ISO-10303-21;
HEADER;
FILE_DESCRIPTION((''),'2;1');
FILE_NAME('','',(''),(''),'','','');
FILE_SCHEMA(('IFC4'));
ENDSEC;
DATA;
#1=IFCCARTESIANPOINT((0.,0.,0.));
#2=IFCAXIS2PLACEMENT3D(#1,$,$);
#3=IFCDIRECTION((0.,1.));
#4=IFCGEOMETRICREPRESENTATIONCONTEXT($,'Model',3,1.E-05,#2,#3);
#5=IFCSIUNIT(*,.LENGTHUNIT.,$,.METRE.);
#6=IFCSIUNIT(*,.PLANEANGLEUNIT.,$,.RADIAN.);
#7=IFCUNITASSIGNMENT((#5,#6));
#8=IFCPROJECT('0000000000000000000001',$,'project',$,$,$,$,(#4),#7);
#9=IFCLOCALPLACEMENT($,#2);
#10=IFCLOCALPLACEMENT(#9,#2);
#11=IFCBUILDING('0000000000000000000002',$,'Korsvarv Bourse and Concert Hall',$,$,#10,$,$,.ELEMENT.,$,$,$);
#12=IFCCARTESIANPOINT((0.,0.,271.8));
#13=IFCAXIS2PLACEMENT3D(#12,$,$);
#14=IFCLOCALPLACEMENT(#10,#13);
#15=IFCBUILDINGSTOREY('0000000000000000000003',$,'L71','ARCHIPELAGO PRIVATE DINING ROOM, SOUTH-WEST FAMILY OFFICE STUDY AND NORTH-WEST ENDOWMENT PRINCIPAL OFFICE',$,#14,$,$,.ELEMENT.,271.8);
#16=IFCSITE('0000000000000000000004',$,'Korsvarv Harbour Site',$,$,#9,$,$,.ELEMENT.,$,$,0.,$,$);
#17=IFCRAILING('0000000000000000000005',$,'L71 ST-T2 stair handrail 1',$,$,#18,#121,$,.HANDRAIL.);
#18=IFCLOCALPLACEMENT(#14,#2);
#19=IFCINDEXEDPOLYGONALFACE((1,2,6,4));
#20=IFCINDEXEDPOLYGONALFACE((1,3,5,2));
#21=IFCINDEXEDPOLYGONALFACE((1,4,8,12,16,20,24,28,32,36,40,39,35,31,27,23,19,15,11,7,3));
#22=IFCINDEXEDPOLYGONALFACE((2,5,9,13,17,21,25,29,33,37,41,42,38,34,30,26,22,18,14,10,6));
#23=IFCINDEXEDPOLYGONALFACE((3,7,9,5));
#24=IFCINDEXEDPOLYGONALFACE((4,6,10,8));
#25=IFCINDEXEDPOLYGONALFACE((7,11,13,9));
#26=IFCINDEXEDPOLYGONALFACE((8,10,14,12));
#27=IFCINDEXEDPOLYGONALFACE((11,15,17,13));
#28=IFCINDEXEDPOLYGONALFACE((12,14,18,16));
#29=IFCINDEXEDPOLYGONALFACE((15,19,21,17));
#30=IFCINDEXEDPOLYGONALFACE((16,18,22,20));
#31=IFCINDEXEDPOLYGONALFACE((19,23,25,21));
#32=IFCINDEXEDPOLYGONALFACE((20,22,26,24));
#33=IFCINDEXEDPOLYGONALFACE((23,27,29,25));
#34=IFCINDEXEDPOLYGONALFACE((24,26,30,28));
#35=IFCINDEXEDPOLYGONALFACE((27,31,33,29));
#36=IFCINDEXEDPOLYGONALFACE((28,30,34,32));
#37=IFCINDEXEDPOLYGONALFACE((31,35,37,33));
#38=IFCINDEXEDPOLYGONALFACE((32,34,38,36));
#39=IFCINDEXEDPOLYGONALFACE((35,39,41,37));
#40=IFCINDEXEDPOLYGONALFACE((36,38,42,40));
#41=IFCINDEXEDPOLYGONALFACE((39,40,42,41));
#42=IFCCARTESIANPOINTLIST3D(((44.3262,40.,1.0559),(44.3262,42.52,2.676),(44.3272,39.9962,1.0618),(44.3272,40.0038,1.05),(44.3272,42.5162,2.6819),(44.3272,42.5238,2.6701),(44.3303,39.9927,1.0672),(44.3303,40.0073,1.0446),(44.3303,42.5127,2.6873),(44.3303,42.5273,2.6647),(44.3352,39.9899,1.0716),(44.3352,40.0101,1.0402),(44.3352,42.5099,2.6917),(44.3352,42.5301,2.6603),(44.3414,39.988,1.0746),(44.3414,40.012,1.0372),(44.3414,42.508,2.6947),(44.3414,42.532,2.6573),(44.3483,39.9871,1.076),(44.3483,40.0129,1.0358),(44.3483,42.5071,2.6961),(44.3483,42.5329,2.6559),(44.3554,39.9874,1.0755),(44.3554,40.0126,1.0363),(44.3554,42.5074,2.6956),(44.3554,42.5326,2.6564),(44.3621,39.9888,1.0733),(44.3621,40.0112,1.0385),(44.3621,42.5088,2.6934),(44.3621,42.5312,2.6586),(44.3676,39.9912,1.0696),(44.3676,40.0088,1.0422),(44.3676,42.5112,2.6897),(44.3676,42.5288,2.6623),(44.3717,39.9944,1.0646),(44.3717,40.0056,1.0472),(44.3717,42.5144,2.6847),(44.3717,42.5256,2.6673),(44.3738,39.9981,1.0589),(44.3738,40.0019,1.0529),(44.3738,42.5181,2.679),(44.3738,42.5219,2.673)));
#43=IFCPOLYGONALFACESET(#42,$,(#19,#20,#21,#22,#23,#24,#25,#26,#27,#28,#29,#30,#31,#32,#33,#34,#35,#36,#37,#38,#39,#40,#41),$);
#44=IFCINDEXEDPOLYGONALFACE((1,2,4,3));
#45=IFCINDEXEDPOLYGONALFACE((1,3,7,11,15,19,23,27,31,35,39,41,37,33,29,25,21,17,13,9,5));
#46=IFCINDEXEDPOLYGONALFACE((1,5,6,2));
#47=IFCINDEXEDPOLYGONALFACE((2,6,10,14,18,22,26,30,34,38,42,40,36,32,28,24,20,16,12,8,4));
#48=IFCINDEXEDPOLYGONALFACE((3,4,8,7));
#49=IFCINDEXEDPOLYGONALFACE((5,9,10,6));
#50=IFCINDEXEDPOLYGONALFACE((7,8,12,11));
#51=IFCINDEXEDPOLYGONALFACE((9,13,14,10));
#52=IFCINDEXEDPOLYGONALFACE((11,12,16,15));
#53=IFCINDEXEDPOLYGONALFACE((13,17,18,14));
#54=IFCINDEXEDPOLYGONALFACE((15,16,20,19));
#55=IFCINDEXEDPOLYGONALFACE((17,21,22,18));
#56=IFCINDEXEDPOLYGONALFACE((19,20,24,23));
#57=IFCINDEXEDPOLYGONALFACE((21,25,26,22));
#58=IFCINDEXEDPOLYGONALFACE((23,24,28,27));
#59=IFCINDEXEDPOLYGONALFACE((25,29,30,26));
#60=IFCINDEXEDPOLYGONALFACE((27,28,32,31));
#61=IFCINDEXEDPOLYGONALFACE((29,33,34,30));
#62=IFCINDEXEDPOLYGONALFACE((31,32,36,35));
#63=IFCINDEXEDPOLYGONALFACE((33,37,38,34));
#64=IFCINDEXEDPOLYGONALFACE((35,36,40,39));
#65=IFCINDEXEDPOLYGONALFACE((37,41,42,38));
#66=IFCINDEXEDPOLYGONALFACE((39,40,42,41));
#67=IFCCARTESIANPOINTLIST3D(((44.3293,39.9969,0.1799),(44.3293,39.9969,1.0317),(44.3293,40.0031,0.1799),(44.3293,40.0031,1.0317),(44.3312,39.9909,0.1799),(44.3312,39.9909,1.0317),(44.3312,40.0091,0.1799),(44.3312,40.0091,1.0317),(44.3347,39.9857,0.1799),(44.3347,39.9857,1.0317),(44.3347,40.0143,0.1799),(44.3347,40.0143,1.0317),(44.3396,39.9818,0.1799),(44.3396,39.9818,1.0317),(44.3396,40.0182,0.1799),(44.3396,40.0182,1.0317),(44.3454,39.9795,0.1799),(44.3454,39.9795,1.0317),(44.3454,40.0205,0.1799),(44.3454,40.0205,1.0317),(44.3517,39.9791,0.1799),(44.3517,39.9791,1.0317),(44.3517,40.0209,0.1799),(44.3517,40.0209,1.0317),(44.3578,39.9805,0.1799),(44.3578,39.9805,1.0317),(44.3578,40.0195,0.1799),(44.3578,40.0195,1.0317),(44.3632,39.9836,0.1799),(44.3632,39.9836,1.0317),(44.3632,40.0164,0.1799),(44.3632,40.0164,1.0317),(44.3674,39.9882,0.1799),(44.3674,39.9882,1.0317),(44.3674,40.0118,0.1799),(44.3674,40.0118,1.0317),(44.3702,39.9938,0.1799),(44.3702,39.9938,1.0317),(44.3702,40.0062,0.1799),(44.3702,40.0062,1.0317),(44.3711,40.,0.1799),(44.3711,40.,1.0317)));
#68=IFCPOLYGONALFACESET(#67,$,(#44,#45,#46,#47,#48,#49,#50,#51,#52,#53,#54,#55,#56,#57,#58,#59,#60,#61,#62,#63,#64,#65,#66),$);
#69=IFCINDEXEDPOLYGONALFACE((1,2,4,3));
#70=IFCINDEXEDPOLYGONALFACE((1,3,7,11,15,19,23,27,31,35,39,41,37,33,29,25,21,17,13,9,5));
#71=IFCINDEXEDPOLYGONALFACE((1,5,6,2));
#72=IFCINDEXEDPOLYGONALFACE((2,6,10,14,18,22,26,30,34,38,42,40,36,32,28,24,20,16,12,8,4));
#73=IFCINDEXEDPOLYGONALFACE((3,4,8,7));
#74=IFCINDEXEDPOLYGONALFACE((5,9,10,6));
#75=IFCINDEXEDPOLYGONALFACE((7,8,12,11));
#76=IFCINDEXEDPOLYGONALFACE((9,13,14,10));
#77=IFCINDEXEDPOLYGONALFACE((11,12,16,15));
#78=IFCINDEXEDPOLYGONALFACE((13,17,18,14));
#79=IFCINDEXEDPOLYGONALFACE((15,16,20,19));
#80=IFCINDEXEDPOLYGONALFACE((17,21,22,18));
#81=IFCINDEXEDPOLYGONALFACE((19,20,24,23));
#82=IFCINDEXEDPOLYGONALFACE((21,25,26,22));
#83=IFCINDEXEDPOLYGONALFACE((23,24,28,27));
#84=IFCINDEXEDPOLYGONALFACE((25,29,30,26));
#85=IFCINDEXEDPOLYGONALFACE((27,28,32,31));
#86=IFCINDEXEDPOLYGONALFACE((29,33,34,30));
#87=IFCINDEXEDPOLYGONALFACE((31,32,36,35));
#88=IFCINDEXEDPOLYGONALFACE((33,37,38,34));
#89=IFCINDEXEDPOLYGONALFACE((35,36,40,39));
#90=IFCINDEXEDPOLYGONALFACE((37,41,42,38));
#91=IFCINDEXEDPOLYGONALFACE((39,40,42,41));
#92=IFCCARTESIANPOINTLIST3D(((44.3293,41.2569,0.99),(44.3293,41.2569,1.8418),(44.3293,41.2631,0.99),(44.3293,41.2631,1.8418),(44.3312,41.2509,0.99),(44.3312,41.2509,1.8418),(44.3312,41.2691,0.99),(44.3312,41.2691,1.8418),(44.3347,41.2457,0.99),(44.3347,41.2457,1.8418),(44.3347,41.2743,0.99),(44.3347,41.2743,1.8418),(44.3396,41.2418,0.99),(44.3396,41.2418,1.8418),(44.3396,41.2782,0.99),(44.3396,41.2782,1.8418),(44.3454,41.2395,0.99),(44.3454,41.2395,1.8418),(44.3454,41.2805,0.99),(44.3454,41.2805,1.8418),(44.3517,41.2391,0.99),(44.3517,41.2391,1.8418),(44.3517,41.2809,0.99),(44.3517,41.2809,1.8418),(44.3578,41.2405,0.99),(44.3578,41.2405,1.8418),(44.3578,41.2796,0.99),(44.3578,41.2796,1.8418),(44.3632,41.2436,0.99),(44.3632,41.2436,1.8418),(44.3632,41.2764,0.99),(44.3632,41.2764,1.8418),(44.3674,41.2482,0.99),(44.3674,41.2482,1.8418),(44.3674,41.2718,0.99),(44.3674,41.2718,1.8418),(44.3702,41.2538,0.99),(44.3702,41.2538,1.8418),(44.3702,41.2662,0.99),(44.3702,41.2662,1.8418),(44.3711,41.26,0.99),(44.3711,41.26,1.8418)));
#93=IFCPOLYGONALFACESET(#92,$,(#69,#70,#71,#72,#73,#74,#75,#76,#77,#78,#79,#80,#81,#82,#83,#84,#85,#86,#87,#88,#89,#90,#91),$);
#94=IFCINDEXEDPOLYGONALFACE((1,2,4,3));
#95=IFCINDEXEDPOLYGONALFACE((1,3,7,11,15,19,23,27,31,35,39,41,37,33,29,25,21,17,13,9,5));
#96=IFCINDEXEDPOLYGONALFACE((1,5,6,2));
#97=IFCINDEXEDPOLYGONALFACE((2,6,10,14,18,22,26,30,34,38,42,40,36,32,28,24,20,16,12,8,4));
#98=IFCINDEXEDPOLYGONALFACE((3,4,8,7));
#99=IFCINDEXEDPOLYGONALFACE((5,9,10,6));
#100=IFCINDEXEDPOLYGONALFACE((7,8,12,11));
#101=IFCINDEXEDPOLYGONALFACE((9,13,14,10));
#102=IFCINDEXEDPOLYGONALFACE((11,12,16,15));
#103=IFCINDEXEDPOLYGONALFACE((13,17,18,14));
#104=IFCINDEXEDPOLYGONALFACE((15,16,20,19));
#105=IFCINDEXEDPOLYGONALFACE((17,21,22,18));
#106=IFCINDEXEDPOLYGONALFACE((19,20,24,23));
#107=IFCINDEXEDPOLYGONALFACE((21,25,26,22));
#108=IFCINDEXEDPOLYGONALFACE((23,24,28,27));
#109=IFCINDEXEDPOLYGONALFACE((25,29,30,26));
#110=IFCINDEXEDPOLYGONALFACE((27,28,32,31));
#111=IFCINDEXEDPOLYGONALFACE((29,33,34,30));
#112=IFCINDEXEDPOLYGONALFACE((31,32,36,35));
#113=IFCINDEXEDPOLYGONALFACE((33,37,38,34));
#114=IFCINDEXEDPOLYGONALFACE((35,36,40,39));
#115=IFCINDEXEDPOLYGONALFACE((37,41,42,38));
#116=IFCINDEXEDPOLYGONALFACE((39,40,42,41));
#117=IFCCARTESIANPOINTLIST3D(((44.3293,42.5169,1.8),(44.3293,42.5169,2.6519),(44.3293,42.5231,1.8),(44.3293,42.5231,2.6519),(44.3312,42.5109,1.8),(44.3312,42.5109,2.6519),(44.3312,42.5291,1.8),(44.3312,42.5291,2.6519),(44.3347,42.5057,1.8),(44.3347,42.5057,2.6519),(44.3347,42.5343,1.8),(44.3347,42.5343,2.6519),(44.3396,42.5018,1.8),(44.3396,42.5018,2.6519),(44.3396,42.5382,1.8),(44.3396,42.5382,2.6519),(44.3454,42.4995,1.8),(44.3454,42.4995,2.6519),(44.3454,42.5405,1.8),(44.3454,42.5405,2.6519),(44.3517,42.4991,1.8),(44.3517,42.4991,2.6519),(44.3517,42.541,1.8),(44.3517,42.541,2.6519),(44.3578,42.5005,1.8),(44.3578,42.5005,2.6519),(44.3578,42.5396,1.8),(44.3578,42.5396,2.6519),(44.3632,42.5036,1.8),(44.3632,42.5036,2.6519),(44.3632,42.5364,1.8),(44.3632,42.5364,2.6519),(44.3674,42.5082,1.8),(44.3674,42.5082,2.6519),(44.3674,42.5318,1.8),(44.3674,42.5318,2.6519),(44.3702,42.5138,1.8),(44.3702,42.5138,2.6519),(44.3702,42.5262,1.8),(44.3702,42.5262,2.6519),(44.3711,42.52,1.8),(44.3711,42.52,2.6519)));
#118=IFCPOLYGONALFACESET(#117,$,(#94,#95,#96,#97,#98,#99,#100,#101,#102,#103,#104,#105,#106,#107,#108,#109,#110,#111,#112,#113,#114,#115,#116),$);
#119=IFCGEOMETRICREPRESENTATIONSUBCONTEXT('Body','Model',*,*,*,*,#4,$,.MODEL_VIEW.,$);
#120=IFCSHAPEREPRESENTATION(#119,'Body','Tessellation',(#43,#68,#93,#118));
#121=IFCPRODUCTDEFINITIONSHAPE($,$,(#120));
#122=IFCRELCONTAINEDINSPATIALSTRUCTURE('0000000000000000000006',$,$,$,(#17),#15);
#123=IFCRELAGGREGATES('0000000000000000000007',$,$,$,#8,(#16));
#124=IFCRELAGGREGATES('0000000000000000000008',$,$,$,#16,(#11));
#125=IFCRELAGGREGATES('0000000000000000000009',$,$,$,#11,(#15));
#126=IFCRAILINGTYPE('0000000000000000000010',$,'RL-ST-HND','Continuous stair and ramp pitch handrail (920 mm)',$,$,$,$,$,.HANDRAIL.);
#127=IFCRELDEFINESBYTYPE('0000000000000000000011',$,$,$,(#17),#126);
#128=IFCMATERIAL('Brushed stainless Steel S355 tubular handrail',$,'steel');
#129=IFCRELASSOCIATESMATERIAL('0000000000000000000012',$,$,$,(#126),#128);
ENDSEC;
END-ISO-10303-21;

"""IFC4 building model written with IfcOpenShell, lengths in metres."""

from ifc_helpers import new_model, si_unit, direction, frame, origin, origin_2d, place, context, subcontext, project, spatial, circle, extrude, material, type_object, element, save


model = new_model("IFC4")

# Units and contexts
model_context = context("Model", 3, precision=1e-05, world=origin(), true_north=direction((0.0, 1.0)))
body_context = subcontext(model_context, "Body", "Model", "MODEL_VIEW")
ifc_project = project(units=[si_unit("LENGTHUNIT", "METRE"), si_unit("PLANEANGLEUNIT", "RADIAN")], contexts=[model_context])

# Site, building, storey
site_placement = place(None, origin())
site = spatial("IfcSite", under=ifc_project, at=site_placement, Name="Korsvarv Harbour Site", CompositionType="ELEMENT", RefElevation=0.0)
building_placement = place(site_placement, origin())
building = spatial("IfcBuilding", under=site, at=building_placement, Name="Korsvarv Bourse and Concert Hall", CompositionType="ELEMENT")
storey_placement = place(building_placement, frame((0.0, 0.0, 271.8)))
storey = spatial("IfcBuildingStorey", under=building, at=storey_placement, Name="L71", Description="ARCHIPELAGO PRIVATE DINING ROOM, SOUTH-WEST FAMILY OFFICE STUDY AND NORTH-WEST ENDOWMENT PRINCIPAL OFFICE", CompositionType="ELEMENT", Elevation=271.8)

# Railing
ifc_material_1 = material(Name="Brushed stainless Steel S355 tubular handrail", Category="steel")
railing_type_1 = type_object("IfcRailingType", Name="RL-ST-HND", Description="Continuous stair and ramp pitch handrail (920 mm)", PredefinedType="HANDRAIL", material=ifc_material_1)
railing_1_placement = place(storey_placement, frame((44.3501, 40.0, 0.1799)))
element("IfcRailing", 1, at=railing_1_placement, inside=storey, type_object=railing_type_1, Name="L71 ST-T2 stair handrail 1", PredefinedType="HANDRAIL", context=body_context, shape_type="SweptSolid", body=[
    extrude(circle(Radius=0.0239, at=origin_2d()), frame((0.0, 0.0, 0.876), z_axis=(0.0, 0.841163, 0.540782), x_axis=(-1.0, 0.0, 0.0)), (0.0, 0.0, 1.0), 2.9958),
    extrude(circle(Radius=0.021, at=origin_2d()), origin(), (0.0, 0.0, 1.0), 0.8518),
    extrude(circle(Radius=0.021, at=origin_2d()), frame((0.0, 1.26, 0.8101)), (0.0, 0.0, 1.0), 0.8518),
    extrude(circle(Radius=0.021, at=origin_2d()), frame((0.0, 2.52, 1.6201)), (0.0, 0.0, 1.0), 0.8518),
])

save(model, "model.ifc")
